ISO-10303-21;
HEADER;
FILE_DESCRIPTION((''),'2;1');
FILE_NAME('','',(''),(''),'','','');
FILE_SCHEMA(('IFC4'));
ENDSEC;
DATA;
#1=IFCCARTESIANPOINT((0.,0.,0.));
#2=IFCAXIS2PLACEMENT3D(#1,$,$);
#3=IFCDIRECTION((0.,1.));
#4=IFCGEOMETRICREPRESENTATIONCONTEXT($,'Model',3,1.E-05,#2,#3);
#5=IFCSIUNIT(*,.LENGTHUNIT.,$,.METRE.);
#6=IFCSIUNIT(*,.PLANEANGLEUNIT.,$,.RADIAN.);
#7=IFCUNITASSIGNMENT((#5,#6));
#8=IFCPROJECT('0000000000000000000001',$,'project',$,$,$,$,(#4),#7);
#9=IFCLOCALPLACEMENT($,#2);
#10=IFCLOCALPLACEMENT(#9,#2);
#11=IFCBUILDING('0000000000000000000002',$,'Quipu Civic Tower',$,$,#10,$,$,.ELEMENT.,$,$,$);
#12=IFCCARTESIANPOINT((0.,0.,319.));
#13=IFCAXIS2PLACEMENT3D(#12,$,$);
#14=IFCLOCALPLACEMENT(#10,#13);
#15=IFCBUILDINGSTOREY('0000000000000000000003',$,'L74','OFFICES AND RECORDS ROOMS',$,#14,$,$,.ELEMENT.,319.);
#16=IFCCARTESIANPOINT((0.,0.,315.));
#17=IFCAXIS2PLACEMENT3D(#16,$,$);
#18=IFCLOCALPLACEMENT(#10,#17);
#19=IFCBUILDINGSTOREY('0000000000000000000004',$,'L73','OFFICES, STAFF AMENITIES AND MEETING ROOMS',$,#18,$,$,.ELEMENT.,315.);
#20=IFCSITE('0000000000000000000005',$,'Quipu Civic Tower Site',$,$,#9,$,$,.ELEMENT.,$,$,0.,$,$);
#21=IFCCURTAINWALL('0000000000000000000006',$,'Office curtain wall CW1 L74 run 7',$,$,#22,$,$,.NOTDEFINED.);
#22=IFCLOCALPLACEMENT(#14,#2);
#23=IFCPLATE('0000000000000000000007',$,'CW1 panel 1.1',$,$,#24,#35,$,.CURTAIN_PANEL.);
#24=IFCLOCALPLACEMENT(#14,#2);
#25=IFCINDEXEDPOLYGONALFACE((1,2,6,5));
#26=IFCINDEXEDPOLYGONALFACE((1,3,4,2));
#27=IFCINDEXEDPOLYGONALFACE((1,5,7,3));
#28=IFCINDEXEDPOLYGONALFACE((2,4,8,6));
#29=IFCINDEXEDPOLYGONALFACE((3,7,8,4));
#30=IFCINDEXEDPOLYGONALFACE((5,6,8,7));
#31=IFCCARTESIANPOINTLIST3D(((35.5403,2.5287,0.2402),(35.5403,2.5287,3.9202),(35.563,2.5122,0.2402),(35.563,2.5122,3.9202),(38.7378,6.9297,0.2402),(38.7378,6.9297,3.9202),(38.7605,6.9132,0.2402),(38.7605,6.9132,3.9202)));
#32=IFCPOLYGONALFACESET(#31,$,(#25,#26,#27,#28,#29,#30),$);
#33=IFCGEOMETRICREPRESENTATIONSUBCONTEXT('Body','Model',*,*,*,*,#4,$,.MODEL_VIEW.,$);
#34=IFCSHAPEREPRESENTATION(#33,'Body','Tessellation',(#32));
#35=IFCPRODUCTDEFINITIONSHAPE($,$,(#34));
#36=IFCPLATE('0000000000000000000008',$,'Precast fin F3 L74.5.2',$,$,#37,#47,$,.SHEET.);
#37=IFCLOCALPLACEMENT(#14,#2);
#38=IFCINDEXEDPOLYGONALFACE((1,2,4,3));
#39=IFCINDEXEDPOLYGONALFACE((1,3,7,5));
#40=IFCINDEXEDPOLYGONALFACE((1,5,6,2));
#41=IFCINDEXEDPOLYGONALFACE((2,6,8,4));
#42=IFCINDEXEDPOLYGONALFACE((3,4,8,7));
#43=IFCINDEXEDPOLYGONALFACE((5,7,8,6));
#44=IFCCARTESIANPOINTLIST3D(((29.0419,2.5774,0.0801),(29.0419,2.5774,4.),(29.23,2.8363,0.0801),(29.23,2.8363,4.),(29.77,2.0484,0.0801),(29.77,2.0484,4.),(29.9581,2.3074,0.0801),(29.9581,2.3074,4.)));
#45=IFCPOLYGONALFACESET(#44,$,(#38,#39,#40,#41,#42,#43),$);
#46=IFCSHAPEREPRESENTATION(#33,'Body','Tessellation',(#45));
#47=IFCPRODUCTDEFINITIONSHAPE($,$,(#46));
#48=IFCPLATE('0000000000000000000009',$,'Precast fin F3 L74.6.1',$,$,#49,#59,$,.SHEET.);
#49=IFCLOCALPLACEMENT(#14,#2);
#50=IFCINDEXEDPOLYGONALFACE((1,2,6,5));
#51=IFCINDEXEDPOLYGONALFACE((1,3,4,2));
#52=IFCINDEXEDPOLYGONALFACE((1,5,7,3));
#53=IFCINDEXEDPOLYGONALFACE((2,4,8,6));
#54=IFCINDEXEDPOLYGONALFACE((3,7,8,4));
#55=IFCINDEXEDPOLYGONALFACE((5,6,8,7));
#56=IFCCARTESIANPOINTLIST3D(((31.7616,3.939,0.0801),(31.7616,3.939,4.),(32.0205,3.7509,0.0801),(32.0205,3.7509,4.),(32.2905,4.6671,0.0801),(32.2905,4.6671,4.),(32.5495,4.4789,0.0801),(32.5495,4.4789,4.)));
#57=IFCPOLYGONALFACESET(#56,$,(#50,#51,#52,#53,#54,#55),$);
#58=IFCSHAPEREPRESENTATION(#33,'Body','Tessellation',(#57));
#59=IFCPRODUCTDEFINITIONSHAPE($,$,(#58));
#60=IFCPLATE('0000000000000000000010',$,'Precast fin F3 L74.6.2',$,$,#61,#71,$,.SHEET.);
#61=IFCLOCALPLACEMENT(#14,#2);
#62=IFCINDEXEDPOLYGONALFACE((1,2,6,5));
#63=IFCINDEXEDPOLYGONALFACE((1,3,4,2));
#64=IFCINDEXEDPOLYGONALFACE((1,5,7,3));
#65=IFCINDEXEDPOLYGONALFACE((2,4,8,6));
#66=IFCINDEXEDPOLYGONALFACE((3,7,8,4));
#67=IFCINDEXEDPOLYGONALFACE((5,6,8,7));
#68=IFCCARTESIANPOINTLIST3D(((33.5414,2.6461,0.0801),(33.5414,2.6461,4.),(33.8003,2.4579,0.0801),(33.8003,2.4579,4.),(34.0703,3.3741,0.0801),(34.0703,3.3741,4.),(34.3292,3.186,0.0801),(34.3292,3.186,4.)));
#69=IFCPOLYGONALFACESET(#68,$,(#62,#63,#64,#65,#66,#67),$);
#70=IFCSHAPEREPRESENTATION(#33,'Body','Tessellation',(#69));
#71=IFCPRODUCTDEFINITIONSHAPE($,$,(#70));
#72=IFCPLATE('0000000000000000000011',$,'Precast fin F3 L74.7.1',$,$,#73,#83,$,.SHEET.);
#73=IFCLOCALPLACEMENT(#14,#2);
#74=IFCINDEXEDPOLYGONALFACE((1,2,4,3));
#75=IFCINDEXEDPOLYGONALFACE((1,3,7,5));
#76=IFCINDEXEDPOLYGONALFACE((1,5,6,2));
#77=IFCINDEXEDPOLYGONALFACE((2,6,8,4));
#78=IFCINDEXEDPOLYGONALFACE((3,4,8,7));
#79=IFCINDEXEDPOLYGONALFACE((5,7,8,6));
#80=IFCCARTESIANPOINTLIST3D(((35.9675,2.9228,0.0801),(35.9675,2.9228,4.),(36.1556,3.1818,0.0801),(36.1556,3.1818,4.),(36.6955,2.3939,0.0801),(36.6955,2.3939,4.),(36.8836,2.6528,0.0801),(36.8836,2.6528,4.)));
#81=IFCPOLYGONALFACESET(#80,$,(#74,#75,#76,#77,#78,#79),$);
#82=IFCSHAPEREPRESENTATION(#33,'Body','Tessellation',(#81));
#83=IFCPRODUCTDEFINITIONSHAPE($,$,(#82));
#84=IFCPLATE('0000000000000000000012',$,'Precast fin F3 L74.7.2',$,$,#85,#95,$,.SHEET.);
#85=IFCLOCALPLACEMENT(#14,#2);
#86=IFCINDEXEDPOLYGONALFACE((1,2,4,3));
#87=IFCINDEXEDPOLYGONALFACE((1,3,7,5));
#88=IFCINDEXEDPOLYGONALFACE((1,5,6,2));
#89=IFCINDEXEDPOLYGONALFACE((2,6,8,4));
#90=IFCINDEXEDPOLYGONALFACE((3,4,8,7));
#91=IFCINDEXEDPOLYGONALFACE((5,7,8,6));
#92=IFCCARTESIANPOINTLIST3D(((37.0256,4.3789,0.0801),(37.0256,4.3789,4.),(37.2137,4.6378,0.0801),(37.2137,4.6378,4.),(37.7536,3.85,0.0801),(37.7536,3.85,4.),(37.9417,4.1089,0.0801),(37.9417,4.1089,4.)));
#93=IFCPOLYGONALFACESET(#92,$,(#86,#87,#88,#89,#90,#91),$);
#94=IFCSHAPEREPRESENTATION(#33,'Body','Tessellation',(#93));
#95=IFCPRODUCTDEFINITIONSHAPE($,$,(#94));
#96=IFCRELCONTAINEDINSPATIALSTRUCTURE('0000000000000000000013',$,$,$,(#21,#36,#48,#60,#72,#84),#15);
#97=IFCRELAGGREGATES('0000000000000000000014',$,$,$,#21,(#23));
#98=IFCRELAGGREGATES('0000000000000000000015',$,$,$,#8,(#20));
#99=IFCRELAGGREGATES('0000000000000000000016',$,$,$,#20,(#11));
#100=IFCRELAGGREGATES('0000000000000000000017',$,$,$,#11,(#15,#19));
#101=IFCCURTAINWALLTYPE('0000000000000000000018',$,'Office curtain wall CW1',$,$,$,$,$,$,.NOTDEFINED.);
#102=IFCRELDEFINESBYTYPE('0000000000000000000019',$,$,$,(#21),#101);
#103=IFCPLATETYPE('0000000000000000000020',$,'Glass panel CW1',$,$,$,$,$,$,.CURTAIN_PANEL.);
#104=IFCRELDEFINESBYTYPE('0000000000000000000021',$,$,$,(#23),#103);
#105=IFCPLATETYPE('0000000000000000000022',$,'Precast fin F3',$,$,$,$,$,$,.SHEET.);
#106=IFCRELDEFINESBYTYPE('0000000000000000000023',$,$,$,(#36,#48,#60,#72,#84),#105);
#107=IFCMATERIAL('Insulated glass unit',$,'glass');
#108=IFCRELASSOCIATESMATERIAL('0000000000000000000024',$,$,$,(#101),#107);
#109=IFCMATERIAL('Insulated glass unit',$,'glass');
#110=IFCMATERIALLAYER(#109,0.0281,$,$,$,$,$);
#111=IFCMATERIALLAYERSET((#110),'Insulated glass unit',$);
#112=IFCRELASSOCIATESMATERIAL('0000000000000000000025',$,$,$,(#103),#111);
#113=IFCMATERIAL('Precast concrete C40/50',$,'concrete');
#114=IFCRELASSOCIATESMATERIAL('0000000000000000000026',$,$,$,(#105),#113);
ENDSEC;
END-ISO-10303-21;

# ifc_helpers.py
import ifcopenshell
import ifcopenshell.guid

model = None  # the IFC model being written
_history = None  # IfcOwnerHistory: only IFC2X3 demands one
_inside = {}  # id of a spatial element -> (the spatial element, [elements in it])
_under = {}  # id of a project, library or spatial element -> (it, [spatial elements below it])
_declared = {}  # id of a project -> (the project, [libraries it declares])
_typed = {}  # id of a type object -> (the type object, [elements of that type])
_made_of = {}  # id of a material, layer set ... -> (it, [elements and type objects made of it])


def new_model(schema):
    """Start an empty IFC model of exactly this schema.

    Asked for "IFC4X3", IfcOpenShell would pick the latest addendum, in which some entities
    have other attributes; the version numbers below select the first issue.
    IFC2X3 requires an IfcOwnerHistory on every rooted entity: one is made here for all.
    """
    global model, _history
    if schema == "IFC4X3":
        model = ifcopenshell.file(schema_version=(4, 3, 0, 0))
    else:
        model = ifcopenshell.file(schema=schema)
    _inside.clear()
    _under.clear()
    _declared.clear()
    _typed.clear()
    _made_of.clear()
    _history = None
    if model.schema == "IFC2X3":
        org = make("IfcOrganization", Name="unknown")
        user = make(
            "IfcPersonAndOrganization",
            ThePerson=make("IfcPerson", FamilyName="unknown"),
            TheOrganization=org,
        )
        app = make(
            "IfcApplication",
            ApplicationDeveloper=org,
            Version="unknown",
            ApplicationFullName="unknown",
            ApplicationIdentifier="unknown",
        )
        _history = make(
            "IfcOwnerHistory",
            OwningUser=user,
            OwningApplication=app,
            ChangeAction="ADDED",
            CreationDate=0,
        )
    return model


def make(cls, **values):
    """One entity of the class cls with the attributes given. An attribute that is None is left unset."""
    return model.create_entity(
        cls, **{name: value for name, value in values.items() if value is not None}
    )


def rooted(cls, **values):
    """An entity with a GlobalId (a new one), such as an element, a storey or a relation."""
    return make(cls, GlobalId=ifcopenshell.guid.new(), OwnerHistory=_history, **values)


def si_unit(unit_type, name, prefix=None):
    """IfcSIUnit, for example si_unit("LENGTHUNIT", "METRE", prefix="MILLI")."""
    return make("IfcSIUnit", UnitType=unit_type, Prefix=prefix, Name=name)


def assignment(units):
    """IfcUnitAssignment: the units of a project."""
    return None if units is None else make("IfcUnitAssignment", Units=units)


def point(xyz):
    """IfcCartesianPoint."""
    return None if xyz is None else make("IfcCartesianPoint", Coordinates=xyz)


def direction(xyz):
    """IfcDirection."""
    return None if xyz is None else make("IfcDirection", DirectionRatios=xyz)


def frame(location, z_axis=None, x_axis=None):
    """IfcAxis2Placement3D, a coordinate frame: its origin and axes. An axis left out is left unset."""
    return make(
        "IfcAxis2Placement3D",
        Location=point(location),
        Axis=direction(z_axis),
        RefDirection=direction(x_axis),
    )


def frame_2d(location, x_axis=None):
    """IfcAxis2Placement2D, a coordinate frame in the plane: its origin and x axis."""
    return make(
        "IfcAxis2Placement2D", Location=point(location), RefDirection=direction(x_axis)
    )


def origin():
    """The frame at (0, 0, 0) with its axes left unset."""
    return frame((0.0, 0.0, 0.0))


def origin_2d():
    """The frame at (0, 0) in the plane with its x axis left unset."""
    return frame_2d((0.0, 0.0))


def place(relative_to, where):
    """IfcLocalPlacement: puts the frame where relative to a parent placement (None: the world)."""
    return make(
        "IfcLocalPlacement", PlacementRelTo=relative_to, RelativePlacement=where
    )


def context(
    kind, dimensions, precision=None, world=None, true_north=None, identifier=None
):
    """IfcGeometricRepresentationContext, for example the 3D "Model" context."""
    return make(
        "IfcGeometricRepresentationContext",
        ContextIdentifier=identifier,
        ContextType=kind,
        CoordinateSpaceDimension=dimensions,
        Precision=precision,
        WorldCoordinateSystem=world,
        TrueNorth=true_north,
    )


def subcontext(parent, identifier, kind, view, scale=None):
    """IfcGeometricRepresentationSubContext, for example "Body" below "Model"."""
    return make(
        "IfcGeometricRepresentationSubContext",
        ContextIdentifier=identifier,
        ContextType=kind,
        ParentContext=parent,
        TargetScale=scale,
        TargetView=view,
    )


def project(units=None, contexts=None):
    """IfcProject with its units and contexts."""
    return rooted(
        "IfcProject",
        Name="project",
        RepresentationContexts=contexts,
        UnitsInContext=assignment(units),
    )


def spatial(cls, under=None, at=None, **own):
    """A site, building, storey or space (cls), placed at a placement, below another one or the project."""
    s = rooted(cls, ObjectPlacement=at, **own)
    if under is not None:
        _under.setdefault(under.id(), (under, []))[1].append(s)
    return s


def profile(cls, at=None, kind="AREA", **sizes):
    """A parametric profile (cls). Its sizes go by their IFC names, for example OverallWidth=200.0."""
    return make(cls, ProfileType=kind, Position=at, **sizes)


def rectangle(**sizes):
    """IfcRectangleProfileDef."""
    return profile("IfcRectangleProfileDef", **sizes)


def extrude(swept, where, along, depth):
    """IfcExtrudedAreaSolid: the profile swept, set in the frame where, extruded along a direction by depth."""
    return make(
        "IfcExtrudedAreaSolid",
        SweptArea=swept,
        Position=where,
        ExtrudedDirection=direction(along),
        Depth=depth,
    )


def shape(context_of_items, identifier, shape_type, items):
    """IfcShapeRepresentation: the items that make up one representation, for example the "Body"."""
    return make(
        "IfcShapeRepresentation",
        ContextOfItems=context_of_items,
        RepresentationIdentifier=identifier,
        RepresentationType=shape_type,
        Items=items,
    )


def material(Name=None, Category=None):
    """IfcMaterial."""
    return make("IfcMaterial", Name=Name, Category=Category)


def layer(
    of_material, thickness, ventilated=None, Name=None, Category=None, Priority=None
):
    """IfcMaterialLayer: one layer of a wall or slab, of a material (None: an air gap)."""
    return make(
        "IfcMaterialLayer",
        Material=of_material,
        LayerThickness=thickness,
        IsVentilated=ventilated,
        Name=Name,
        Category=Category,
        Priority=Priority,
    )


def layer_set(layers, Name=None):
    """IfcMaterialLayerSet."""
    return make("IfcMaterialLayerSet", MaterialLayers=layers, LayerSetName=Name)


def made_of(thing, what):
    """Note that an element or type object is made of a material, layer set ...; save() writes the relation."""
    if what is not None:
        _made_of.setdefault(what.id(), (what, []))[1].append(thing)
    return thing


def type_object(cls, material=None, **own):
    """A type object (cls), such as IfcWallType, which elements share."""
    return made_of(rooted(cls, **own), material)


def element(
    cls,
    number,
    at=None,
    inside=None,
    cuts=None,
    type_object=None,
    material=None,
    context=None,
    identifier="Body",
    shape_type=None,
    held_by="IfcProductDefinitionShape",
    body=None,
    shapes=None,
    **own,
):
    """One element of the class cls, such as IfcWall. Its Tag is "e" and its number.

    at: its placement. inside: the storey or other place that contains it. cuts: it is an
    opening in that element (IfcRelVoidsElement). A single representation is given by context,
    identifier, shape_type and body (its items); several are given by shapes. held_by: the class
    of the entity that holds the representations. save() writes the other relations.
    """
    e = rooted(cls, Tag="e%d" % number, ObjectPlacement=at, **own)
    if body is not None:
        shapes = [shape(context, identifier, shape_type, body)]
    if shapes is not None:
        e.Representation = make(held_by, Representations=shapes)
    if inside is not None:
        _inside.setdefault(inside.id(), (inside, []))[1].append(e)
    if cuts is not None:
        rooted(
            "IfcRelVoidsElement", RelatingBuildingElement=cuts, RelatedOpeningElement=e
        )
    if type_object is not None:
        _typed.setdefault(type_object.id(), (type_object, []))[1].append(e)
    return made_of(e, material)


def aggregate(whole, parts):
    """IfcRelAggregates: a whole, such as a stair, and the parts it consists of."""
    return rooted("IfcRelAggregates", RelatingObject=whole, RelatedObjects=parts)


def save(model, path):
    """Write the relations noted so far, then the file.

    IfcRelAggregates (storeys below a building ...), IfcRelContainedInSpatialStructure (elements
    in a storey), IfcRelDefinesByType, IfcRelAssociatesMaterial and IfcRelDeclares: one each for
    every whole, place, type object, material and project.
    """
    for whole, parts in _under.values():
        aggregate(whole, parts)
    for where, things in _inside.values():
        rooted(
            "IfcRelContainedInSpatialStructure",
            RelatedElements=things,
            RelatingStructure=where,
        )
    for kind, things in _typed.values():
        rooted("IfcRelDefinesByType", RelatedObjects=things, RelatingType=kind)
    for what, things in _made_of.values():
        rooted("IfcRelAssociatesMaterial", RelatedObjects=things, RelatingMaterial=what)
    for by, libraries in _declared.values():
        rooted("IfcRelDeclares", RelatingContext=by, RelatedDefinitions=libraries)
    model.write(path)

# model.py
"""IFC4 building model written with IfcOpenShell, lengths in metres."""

from ifc_helpers import new_model, si_unit, direction, frame, origin, origin_2d, place, context, subcontext, project, spatial, rectangle, extrude, material, layer, layer_set, type_object, element, aggregate, save


model = new_model("IFC4")

# Units and contexts
model_context = context("Model", 3, precision=1e-05, world=origin(), true_north=direction((0.0, 1.0)))
body_context = subcontext(model_context, "Body", "Model", "MODEL_VIEW")
ifc_project = project(units=[si_unit("LENGTHUNIT", "METRE"), si_unit("PLANEANGLEUNIT", "RADIAN")], contexts=[model_context])

# Site, building, storey
site_placement = place(None, origin())
site = spatial("IfcSite", under=ifc_project, at=site_placement, Name="Quipu Civic Tower Site", CompositionType="ELEMENT", RefElevation=0.0)
building_placement = place(site_placement, origin())
building = spatial("IfcBuilding", under=site, at=building_placement, Name="Quipu Civic Tower", CompositionType="ELEMENT")
storey_1_placement = place(building_placement, frame((0.0, 0.0, 319.0)))
storey_1 = spatial("IfcBuildingStorey", under=building, at=storey_1_placement, Name="L74", Description="OFFICES AND RECORDS ROOMS", CompositionType="ELEMENT", Elevation=319.0)

# Curtain wall
ifc_material_1 = material(Name="Insulated glass unit", Category="glass")
curtain_wall_type = type_object("IfcCurtainWallType", Name="Office curtain wall CW1", PredefinedType="NOTDEFINED", material=ifc_material_1)
curtain_wall_1_placement = place(storey_1_placement, origin())
curtain_wall_1 = element("IfcCurtainWall", 1, at=curtain_wall_1_placement, inside=storey_1, type_object=curtain_wall_type, Name="Office curtain wall CW1 L74 run 7", PredefinedType="NOTDEFINED")

# Shared definitions
storey_2_placement = place(building_placement, frame((0.0, 0.0, 315.0)))
storey_2 = spatial("IfcBuildingStorey", under=building, at=storey_2_placement, Name="L73", Description="OFFICES, STAFF AMENITIES AND MEETING ROOMS", CompositionType="ELEMENT", Elevation=315.0)

# Plate
ifc_material_2 = material(Name="Insulated glass unit", Category="glass")
ifc_layer = layer(ifc_material_2, 0.0281)
ifc_layer_set = layer_set([ifc_layer], Name="Insulated glass unit")
plate_type_1 = type_object("IfcPlateType", Name="Glass panel CW1", PredefinedType="CURTAIN_PANEL", material=ifc_layer_set)
plate_1_placement = place(storey_1_placement, frame((37.1504, 4.7209, 0.2402), z_axis=(0.0, 0.0, 1.0), x_axis=(0.587794, 0.809011, 0.0)))
plate_1 = element("IfcPlate", 2, at=plate_1_placement, type_object=plate_type_1, Name="CW1 panel 1.1", PredefinedType="CURTAIN_PANEL", context=body_context, shape_type="SweptSolid", body=[
    extrude(rectangle(XDim=5.4399, YDim=0.0281, at=origin_2d()), origin(), (0.0, 0.0, 1.0), 3.6799),
])
aggregate(curtain_wall_1, [plate_1])

# Plates
ifc_material_3 = material(Name="Precast concrete C40/50", Category="concrete")
plate_type_2 = type_object("IfcPlateType", Name="Precast fin F3", PredefinedType="SHEET", material=ifc_material_3)
for number, where, z_axis, x_axis, name in (
    (3, (29.5, 2.4424, 0.0801), (0.0, 0.0, 1.0), (0.587784, 0.809018, 0.0), "Precast fin F3 L74.5.2"),
    (4, (32.1555, 4.209, 0.0801), (0.0, 0.0, 1.0), (0.809021, -0.58778, 0.0), "Precast fin F3 L74.6.1"),
    (5, (33.9353, 2.916, 0.0801), (0.0, 0.0, 1.0), (0.809021, -0.58778, 0.0), "Precast fin F3 L74.6.2"),
    (6, (36.4255, 2.7878, 0.0801), (0.0, 0.0, 1.0), (0.587788, 0.809015, 0.0), "Precast fin F3 L74.7.1"),
    (7, (37.4836, 4.2439, 0.0801), (0.0, 0.0, 1.0), (0.587788, 0.809015, 0.0), "Precast fin F3 L74.7.2"),
):
    element("IfcPlate", number, at=place(storey_1_placement, frame(where, z_axis=z_axis, x_axis=x_axis)), inside=storey_1, type_object=plate_type_2, Name=name, PredefinedType="SHEET", context=body_context, shape_type="SweptSolid", body=[
        extrude(rectangle(XDim=0.3201, YDim=0.8999, at=origin_2d()), origin(), (0.0, 0.0, 1.0), 3.9199),
    ])

save(model, "model.ifc")
